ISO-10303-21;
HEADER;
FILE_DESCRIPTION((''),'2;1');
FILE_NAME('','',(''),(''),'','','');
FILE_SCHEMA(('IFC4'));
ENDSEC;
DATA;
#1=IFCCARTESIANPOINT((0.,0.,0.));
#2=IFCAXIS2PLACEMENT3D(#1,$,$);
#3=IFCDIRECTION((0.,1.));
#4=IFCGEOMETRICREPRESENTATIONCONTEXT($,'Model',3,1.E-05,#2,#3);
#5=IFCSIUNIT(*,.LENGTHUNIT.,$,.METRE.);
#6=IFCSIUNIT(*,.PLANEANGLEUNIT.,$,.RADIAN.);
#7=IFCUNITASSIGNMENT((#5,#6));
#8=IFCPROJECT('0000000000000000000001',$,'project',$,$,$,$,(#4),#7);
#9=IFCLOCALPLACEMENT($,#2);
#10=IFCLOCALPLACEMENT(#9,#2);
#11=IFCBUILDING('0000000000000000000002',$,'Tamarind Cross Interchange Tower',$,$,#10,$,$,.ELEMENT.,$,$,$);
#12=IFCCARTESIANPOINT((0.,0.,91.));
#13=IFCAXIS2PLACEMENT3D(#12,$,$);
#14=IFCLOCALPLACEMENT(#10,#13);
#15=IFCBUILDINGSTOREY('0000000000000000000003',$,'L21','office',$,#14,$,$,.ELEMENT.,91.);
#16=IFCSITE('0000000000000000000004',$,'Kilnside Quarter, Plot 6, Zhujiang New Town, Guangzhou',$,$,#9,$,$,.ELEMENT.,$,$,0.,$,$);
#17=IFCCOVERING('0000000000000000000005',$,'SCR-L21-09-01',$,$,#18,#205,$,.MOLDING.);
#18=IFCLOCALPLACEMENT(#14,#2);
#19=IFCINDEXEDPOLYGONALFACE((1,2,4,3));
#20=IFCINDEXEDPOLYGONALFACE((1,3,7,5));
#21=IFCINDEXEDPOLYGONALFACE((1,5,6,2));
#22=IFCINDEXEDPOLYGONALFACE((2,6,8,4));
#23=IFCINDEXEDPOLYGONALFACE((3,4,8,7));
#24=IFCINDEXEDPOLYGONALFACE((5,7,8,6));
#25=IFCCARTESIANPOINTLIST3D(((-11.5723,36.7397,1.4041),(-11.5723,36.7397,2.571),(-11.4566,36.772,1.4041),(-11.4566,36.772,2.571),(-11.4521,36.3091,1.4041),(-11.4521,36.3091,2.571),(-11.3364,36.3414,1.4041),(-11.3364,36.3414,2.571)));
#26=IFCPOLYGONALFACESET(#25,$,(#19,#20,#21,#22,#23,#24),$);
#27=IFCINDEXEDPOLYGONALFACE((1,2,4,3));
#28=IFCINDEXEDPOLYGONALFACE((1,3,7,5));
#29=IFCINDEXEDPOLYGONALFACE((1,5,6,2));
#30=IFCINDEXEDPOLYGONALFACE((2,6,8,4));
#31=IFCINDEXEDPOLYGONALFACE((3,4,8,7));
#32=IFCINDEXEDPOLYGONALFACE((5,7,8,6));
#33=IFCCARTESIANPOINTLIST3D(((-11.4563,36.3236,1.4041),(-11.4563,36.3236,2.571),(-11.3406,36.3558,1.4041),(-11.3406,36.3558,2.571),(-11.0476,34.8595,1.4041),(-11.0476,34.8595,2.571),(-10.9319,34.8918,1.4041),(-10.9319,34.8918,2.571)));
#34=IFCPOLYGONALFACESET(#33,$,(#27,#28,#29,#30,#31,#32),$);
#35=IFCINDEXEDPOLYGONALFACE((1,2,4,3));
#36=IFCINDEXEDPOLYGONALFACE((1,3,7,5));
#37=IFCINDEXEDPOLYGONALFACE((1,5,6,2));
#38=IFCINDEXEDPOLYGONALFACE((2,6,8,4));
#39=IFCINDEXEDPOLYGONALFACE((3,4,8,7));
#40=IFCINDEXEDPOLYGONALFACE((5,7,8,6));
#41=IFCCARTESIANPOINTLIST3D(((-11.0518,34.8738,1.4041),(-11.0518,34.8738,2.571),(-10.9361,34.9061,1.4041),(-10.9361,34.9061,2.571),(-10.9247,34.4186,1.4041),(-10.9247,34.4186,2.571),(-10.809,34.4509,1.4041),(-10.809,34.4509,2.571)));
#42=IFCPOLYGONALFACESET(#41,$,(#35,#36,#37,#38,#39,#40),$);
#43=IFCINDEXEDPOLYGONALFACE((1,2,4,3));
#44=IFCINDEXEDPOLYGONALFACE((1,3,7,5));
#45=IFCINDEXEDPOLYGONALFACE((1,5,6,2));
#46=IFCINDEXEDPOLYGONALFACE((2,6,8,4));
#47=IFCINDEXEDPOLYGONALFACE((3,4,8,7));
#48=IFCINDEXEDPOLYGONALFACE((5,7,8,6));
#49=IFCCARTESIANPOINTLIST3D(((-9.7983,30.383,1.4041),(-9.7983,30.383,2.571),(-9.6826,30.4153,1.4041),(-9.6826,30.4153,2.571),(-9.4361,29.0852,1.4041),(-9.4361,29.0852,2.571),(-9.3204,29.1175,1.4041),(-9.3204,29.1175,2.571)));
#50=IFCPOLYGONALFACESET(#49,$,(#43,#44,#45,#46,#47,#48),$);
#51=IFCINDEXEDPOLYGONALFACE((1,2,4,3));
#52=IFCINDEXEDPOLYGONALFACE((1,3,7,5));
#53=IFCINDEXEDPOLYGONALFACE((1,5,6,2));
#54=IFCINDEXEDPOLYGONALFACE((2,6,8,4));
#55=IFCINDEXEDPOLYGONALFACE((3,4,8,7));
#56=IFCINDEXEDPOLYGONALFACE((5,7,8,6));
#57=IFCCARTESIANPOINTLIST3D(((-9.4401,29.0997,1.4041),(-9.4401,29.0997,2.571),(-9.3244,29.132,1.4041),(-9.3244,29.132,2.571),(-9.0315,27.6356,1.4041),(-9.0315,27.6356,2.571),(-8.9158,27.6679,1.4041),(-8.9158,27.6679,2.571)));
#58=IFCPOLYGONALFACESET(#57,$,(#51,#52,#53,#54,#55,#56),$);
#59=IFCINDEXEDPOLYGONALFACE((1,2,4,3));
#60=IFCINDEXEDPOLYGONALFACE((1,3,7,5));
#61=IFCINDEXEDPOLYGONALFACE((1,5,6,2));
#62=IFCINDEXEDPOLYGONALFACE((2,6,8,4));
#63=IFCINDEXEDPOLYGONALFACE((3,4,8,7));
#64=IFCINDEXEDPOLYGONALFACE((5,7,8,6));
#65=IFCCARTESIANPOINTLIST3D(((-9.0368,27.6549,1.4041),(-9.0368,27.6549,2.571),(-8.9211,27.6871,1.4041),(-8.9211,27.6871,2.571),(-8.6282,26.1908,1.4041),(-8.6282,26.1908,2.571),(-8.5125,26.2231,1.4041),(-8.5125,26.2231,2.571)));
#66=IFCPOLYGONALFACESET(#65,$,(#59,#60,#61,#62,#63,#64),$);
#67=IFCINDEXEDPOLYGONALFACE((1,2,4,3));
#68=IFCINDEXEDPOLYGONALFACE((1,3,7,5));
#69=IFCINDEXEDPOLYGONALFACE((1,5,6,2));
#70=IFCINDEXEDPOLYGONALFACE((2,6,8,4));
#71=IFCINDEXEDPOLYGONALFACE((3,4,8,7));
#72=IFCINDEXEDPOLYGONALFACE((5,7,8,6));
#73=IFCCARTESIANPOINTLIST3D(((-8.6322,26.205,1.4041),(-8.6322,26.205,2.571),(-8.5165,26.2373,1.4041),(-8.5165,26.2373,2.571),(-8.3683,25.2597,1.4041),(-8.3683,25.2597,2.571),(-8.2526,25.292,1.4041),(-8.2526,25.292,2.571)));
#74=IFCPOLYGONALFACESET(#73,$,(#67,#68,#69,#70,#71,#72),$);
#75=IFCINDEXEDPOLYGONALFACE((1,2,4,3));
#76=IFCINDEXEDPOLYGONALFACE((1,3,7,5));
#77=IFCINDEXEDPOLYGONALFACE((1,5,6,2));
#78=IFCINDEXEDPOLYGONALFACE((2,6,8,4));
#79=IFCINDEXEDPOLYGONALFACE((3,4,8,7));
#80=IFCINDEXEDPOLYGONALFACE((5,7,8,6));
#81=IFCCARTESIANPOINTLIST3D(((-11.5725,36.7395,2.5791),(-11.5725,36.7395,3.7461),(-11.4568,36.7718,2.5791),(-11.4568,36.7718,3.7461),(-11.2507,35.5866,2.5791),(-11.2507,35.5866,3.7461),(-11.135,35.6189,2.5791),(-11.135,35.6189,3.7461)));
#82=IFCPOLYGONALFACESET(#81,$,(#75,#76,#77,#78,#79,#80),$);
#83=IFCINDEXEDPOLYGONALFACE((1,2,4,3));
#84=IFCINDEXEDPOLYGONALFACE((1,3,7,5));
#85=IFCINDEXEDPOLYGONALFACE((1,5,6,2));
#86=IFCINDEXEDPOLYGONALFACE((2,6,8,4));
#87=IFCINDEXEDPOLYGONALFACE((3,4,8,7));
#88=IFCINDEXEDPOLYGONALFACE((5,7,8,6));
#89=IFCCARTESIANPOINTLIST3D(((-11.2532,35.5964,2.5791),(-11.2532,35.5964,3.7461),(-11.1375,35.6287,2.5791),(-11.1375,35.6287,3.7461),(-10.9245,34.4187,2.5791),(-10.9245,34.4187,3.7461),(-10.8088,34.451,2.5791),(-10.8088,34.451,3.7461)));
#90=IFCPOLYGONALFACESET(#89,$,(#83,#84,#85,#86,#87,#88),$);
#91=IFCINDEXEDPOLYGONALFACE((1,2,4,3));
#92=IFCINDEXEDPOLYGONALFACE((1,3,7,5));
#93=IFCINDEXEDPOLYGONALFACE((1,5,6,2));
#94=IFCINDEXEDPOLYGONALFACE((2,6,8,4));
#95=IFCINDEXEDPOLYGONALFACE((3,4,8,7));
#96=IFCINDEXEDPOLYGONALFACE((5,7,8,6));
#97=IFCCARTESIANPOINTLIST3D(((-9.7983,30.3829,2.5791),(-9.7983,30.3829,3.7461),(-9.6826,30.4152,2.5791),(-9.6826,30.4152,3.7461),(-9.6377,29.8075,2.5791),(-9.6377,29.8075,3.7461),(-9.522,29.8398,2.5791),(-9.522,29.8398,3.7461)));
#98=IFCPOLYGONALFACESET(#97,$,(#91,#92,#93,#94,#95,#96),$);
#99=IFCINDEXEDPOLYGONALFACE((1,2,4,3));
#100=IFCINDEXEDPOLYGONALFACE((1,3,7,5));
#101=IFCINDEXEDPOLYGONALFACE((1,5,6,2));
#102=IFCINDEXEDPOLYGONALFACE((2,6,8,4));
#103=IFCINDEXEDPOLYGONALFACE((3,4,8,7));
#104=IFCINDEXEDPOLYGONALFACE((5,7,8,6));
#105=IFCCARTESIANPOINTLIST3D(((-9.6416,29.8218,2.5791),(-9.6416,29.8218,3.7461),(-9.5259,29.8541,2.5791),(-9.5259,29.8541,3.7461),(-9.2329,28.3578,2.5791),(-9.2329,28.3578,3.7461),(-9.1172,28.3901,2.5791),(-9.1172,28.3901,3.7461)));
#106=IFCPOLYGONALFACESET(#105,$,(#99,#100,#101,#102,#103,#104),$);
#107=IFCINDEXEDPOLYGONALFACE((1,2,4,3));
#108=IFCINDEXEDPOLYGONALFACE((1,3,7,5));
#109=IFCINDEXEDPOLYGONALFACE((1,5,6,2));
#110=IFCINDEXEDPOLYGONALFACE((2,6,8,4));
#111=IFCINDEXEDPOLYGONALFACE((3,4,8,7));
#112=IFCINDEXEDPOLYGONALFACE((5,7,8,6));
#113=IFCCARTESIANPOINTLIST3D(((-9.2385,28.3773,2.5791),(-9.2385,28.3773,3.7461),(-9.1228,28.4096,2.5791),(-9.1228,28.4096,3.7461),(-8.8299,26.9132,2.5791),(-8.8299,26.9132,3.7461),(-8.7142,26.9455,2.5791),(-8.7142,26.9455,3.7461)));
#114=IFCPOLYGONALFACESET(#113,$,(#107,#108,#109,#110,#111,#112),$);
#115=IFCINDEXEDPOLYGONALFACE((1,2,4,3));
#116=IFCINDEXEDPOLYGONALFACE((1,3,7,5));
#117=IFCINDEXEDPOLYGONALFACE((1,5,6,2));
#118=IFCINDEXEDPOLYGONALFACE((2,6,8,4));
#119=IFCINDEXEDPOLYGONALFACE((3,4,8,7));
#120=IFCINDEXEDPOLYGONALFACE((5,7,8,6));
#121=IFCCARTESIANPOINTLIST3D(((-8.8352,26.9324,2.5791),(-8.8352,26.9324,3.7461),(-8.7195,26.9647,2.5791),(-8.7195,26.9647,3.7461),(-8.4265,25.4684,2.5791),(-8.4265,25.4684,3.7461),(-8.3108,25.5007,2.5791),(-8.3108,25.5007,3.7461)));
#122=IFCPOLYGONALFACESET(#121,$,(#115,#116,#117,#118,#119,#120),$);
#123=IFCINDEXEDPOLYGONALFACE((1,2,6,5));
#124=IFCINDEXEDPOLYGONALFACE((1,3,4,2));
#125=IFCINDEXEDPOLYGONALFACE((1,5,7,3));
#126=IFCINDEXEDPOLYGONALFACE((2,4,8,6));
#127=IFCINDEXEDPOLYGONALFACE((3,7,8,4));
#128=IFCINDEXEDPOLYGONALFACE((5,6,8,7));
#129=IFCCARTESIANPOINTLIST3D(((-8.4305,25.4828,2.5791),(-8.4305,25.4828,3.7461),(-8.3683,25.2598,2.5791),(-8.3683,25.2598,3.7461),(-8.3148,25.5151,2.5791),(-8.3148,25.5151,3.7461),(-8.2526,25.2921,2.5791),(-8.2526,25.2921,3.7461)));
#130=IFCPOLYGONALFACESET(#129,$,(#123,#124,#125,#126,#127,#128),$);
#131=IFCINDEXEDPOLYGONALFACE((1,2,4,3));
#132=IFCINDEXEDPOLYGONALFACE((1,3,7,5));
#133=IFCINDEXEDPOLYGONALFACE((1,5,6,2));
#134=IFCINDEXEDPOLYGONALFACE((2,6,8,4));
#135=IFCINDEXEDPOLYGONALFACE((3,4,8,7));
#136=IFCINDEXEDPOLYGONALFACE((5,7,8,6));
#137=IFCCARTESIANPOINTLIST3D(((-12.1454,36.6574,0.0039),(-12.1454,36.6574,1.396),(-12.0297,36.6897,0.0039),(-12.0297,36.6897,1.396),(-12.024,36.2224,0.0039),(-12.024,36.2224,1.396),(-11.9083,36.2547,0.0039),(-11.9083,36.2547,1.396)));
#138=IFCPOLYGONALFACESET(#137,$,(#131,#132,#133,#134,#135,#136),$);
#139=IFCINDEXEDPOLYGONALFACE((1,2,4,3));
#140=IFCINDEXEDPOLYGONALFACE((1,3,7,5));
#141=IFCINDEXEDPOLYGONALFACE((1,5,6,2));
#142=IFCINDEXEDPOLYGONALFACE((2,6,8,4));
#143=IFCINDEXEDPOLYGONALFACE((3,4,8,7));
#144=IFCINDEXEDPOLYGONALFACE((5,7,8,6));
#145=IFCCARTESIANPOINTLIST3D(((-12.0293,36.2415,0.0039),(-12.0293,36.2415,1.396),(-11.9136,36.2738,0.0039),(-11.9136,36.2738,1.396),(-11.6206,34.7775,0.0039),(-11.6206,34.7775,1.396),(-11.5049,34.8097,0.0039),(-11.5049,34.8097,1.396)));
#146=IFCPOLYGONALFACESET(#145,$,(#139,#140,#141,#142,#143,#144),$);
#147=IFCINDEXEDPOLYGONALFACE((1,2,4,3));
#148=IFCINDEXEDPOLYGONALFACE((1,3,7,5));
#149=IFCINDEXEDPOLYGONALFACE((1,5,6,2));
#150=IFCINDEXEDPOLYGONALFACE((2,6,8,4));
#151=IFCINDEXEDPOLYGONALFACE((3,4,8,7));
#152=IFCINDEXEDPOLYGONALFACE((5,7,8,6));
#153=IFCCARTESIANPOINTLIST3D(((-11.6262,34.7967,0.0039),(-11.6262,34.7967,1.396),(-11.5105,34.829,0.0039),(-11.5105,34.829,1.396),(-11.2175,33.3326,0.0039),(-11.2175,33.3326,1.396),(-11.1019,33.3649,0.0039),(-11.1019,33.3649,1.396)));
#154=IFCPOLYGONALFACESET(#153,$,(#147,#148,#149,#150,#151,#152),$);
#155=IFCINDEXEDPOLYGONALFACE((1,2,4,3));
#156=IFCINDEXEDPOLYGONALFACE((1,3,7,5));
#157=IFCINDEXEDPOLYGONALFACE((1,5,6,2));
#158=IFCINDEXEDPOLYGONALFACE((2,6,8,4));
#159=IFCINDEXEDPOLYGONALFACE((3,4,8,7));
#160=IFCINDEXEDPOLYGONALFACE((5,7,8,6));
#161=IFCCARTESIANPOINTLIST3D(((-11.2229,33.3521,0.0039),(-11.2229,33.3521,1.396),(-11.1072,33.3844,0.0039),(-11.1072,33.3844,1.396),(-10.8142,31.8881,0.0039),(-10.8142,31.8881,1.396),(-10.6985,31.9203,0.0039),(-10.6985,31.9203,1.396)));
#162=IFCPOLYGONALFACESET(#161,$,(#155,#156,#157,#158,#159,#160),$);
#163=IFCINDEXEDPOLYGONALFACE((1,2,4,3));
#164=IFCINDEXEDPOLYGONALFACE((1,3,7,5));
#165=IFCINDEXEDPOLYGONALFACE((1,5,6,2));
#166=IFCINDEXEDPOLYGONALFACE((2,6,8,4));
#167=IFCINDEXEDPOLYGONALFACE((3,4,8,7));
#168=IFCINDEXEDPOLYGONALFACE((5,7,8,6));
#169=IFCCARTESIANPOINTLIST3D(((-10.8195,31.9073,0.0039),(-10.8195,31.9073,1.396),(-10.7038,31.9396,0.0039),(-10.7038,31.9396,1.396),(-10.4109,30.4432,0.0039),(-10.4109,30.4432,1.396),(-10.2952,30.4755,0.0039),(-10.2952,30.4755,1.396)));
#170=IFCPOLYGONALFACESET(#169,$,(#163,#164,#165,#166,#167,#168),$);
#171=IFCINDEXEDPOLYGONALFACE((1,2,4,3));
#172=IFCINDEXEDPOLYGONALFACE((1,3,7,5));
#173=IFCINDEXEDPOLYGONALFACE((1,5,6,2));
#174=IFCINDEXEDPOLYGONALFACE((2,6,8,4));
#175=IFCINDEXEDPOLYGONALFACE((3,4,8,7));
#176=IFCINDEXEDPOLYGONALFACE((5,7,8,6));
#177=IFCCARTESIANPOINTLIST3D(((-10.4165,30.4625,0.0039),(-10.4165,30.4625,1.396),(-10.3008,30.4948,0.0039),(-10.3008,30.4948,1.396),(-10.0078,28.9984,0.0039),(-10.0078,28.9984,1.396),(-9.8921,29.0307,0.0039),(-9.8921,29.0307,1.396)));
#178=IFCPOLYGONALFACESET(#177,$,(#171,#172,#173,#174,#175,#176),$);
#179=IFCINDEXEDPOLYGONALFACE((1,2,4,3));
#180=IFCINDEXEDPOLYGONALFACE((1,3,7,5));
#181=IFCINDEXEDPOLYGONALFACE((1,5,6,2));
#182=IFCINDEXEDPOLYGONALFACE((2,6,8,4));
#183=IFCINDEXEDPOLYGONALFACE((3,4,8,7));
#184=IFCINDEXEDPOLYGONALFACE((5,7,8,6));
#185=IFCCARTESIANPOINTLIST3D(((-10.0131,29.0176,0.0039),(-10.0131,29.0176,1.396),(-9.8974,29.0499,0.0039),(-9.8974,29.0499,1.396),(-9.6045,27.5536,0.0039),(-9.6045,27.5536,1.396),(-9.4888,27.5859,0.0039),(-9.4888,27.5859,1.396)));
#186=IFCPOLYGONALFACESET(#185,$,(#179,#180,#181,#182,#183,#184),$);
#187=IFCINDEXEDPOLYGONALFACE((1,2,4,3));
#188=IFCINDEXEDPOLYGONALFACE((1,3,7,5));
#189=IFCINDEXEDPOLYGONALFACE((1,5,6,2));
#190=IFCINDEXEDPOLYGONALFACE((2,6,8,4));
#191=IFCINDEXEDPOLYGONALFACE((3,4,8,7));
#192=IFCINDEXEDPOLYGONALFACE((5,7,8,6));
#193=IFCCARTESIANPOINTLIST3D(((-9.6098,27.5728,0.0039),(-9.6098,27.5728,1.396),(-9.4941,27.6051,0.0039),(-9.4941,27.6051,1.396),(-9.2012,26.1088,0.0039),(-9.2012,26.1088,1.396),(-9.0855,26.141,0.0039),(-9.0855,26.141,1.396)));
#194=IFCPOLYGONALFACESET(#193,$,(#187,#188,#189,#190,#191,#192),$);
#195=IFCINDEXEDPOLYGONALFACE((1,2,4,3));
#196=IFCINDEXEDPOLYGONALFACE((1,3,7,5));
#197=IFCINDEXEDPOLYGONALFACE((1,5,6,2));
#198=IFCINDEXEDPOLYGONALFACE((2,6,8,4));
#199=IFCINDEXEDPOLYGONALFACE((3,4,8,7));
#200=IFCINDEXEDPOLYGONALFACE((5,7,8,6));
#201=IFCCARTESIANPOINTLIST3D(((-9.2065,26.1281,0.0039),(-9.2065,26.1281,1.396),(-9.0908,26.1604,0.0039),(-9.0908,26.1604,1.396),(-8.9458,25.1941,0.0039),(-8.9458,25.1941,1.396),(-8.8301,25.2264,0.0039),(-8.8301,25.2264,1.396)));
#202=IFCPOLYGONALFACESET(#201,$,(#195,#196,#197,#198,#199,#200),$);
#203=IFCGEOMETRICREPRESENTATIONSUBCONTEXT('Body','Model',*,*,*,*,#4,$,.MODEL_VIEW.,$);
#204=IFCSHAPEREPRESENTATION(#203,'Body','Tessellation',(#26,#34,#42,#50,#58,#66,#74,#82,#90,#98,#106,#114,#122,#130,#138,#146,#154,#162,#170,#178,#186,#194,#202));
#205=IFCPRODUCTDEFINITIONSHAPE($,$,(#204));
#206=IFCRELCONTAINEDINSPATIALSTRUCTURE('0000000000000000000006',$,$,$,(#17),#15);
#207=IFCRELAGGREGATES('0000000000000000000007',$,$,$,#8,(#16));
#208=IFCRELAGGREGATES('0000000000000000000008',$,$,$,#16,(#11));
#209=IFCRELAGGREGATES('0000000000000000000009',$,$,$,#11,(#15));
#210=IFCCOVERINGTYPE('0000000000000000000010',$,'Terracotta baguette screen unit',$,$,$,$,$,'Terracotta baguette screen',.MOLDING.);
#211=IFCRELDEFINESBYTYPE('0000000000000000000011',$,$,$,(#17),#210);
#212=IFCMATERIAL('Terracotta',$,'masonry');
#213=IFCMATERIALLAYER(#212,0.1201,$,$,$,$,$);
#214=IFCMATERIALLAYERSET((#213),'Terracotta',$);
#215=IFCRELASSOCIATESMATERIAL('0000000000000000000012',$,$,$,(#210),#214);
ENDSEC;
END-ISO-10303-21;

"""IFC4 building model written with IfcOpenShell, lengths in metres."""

from ifc_helpers import new_model, si_unit, direction, frame, origin, origin_2d, place, context, subcontext, project, spatial, rectangle, extrude, material, layer, layer_set, type_object, element, save


model = new_model("IFC4")

# Units and contexts
model_context = context("Model", 3, precision=1e-05, world=origin(), true_north=direction((0.0, 1.0)))
body_context = subcontext(model_context, "Body", "Model", "MODEL_VIEW")
ifc_project = project(units=[si_unit("LENGTHUNIT", "METRE"), si_unit("PLANEANGLEUNIT", "RADIAN")], contexts=[model_context])

# Site, building, storey
site_placement = place(None, origin())
site = spatial("IfcSite", under=ifc_project, at=site_placement, Name="Kilnside Quarter, Plot 6, Zhujiang New Town, Guangzhou", CompositionType="ELEMENT", RefElevation=0.0)
building_placement = place(site_placement, origin())
building = spatial("IfcBuilding", under=site, at=building_placement, Name="Tamarind Cross Interchange Tower", CompositionType="ELEMENT")
storey_placement = place(building_placement, frame((0.0, 0.0, 91.0)))
storey = spatial("IfcBuildingStorey", under=building, at=storey_placement, Name="L21", Description="office", CompositionType="ELEMENT", Elevation=91.0)

# Covering
ifc_material_1 = material(Name="Terracotta", Category="masonry")
ifc_layer_1 = layer(ifc_material_1, 0.1201)
ifc_layer_set_1 = layer_set([ifc_layer_1], Name="Terracotta")
covering_type = type_object("IfcCoveringType", Name="Terracotta baguette screen unit", ElementType="Terracotta baguette screen", PredefinedType="MOLDING", material=ifc_layer_set_1)
covering_1_placement = place(storey_placement, origin())
element("IfcCovering", 1, at=covering_1_placement, inside=storey, type_object=covering_type, Name="SCR-L21-09-01", PredefinedType="MOLDING", context=body_context, shape_type="SweptSolid", body=[
    extrude(rectangle(XDim=0.447, YDim=0.1201, at=origin_2d()), frame((-11.4543, 36.5405, 1.4041), z_axis=(0.0, 0.0, 1.0), x_axis=(0.268831, -0.963187, 0.0)), (0.0, 0.0, 1.0), 1.167),
    extrude(rectangle(XDim=1.52, YDim=0.1201, at=origin_2d()), frame((-11.1941, 35.6077, 1.4041), z_axis=(0.0, 0.0, 1.0), x_axis=(0.268831, -0.963187, 0.0)), (0.0, 0.0, 1.0), 1.167),
    extrude(rectangle(XDim=0.4727, YDim=0.1201, at=origin_2d()), frame((-10.9304, 34.6624, 1.4041), z_axis=(0.0, 0.0, 1.0), x_axis=(0.268831, -0.963187, 0.0)), (0.0, 0.0, 1.0), 1.167),
    extrude(rectangle(XDim=1.3474, YDim=0.1201, at=origin_2d()), frame((-9.5593, 29.7502, 1.4041), z_axis=(0.0, 0.0, 1.0), x_axis=(0.268831, -0.963187, 0.0)), (0.0, 0.0, 1.0), 1.167),
    extrude(rectangle(XDim=1.52, YDim=0.1201, at=origin_2d()), frame((-9.178, 28.3838, 1.4041), z_axis=(0.0, 0.0, 1.0), x_axis=(0.268831, -0.963187, 0.0)), (0.0, 0.0, 1.0), 1.167),
    extrude(rectangle(XDim=1.52, YDim=0.1201, at=origin_2d()), frame((-8.7747, 26.939, 1.4041), z_axis=(0.0, 0.0, 1.0), x_axis=(0.268831, -0.963187, 0.0)), (0.0, 0.0, 1.0), 1.167),
    extrude(rectangle(XDim=0.9814, YDim=0.1201, at=origin_2d()), frame((-8.4424, 25.7485, 1.4041), z_axis=(0.0, 0.0, 1.0), x_axis=(0.268831, -0.963187, 0.0)), (0.0, 0.0, 1.0), 1.167),
    extrude(rectangle(XDim=1.197, YDim=0.1201, at=origin_2d()), frame((-11.3538, 36.1792, 2.5791), z_axis=(0.0, 0.0, 1.0), x_axis=(0.268831, -0.963187, 0.0)), (0.0, 0.0, 1.0), 1.167),
    extrude(rectangle(XDim=1.2227, YDim=0.1201, at=origin_2d()), frame((-11.031, 35.0237, 2.5791), z_axis=(0.0, 0.0, 1.0), x_axis=(0.268831, -0.963187, 0.0)), (0.0, 0.0, 1.0), 1.167),
    extrude(rectangle(XDim=0.5974, YDim=0.1201, at=origin_2d()), frame((-9.6602, 30.1113, 2.5791), z_axis=(0.0, 0.0, 1.0), x_axis=(0.268831, -0.963187, 0.0)), (0.0, 0.0, 1.0), 1.167),
    extrude(rectangle(XDim=1.52, YDim=0.1201, at=origin_2d()), frame((-9.3794, 29.106, 2.5791), z_axis=(0.0, 0.0, 1.0), x_axis=(0.268831, -0.963187, 0.0)), (0.0, 0.0, 1.0), 1.167),
    extrude(rectangle(XDim=1.52, YDim=0.1201, at=origin_2d()), frame((-8.9763, 27.6614, 2.5791), z_axis=(0.0, 0.0, 1.0), x_axis=(0.268831, -0.963187, 0.0)), (0.0, 0.0, 1.0), 1.167),
    extrude(rectangle(XDim=1.52, YDim=0.1201, at=origin_2d()), frame((-8.573, 26.2166, 2.5791), z_axis=(0.0, 0.0, 1.0), x_axis=(0.268831, -0.963187, 0.0)), (0.0, 0.0, 1.0), 1.167),
    extrude(rectangle(XDim=0.2314, YDim=0.1201, at=origin_2d()), frame((-8.3416, 25.3875, 2.5791), z_axis=(0.0, 0.0, 1.0), x_axis=(0.268831, -0.963187, 0.0)), (0.0, 0.0, 1.0), 1.167),
    extrude(rectangle(XDim=0.4517, YDim=0.1201, at=origin_2d()), frame((-12.0269, 36.4561, 0.0039), z_axis=(0.0, 0.0, 1.0), x_axis=(0.268831, -0.963187, 0.0)), (0.0, 0.0, 1.0), 1.3921),
    extrude(rectangle(XDim=1.52, YDim=0.1201, at=origin_2d()), frame((-11.7671, 35.5256, 0.0039), z_axis=(0.0, 0.0, 1.0), x_axis=(0.268831, -0.963187, 0.0)), (0.0, 0.0, 1.0), 1.3921),
    extrude(rectangle(XDim=1.52, YDim=0.1201, at=origin_2d()), frame((-11.364, 34.0808, 0.0039), z_axis=(0.0, 0.0, 1.0), x_axis=(0.268831, -0.963187, 0.0)), (0.0, 0.0, 1.0), 1.3921),
    extrude(rectangle(XDim=1.52, YDim=0.1201, at=origin_2d()), frame((-10.9607, 32.6362, 0.0039), z_axis=(0.0, 0.0, 1.0), x_axis=(0.268831, -0.963187, 0.0)), (0.0, 0.0, 1.0), 1.3921),
    extrude(rectangle(XDim=1.52, YDim=0.1201, at=origin_2d()), frame((-10.5574, 31.1914, 0.0039), z_axis=(0.0, 0.0, 1.0), x_axis=(0.268831, -0.963187, 0.0)), (0.0, 0.0, 1.0), 1.3921),
    extrude(rectangle(XDim=1.52, YDim=0.1201, at=origin_2d()), frame((-10.1543, 29.7466, 0.0039), z_axis=(0.0, 0.0, 1.0), x_axis=(0.268831, -0.963187, 0.0)), (0.0, 0.0, 1.0), 1.3921),
    extrude(rectangle(XDim=1.52, YDim=0.1201, at=origin_2d()), frame((-9.751, 28.3018, 0.0039), z_axis=(0.0, 0.0, 1.0), x_axis=(0.268831, -0.963187, 0.0)), (0.0, 0.0, 1.0), 1.3921),
    extrude(rectangle(XDim=1.52, YDim=0.1201, at=origin_2d()), frame((-9.3477, 26.8569, 0.0039), z_axis=(0.0, 0.0, 1.0), x_axis=(0.268831, -0.963187, 0.0)), (0.0, 0.0, 1.0), 1.3921),
    extrude(rectangle(XDim=0.9697, YDim=0.1201, at=origin_2d()), frame((-9.0183, 25.6772, 0.0039), z_axis=(0.0, 0.0, 1.0), x_axis=(0.268831, -0.963187, 0.0)), (0.0, 0.0, 1.0), 1.3921),
])

save(model, "model.ifc")
